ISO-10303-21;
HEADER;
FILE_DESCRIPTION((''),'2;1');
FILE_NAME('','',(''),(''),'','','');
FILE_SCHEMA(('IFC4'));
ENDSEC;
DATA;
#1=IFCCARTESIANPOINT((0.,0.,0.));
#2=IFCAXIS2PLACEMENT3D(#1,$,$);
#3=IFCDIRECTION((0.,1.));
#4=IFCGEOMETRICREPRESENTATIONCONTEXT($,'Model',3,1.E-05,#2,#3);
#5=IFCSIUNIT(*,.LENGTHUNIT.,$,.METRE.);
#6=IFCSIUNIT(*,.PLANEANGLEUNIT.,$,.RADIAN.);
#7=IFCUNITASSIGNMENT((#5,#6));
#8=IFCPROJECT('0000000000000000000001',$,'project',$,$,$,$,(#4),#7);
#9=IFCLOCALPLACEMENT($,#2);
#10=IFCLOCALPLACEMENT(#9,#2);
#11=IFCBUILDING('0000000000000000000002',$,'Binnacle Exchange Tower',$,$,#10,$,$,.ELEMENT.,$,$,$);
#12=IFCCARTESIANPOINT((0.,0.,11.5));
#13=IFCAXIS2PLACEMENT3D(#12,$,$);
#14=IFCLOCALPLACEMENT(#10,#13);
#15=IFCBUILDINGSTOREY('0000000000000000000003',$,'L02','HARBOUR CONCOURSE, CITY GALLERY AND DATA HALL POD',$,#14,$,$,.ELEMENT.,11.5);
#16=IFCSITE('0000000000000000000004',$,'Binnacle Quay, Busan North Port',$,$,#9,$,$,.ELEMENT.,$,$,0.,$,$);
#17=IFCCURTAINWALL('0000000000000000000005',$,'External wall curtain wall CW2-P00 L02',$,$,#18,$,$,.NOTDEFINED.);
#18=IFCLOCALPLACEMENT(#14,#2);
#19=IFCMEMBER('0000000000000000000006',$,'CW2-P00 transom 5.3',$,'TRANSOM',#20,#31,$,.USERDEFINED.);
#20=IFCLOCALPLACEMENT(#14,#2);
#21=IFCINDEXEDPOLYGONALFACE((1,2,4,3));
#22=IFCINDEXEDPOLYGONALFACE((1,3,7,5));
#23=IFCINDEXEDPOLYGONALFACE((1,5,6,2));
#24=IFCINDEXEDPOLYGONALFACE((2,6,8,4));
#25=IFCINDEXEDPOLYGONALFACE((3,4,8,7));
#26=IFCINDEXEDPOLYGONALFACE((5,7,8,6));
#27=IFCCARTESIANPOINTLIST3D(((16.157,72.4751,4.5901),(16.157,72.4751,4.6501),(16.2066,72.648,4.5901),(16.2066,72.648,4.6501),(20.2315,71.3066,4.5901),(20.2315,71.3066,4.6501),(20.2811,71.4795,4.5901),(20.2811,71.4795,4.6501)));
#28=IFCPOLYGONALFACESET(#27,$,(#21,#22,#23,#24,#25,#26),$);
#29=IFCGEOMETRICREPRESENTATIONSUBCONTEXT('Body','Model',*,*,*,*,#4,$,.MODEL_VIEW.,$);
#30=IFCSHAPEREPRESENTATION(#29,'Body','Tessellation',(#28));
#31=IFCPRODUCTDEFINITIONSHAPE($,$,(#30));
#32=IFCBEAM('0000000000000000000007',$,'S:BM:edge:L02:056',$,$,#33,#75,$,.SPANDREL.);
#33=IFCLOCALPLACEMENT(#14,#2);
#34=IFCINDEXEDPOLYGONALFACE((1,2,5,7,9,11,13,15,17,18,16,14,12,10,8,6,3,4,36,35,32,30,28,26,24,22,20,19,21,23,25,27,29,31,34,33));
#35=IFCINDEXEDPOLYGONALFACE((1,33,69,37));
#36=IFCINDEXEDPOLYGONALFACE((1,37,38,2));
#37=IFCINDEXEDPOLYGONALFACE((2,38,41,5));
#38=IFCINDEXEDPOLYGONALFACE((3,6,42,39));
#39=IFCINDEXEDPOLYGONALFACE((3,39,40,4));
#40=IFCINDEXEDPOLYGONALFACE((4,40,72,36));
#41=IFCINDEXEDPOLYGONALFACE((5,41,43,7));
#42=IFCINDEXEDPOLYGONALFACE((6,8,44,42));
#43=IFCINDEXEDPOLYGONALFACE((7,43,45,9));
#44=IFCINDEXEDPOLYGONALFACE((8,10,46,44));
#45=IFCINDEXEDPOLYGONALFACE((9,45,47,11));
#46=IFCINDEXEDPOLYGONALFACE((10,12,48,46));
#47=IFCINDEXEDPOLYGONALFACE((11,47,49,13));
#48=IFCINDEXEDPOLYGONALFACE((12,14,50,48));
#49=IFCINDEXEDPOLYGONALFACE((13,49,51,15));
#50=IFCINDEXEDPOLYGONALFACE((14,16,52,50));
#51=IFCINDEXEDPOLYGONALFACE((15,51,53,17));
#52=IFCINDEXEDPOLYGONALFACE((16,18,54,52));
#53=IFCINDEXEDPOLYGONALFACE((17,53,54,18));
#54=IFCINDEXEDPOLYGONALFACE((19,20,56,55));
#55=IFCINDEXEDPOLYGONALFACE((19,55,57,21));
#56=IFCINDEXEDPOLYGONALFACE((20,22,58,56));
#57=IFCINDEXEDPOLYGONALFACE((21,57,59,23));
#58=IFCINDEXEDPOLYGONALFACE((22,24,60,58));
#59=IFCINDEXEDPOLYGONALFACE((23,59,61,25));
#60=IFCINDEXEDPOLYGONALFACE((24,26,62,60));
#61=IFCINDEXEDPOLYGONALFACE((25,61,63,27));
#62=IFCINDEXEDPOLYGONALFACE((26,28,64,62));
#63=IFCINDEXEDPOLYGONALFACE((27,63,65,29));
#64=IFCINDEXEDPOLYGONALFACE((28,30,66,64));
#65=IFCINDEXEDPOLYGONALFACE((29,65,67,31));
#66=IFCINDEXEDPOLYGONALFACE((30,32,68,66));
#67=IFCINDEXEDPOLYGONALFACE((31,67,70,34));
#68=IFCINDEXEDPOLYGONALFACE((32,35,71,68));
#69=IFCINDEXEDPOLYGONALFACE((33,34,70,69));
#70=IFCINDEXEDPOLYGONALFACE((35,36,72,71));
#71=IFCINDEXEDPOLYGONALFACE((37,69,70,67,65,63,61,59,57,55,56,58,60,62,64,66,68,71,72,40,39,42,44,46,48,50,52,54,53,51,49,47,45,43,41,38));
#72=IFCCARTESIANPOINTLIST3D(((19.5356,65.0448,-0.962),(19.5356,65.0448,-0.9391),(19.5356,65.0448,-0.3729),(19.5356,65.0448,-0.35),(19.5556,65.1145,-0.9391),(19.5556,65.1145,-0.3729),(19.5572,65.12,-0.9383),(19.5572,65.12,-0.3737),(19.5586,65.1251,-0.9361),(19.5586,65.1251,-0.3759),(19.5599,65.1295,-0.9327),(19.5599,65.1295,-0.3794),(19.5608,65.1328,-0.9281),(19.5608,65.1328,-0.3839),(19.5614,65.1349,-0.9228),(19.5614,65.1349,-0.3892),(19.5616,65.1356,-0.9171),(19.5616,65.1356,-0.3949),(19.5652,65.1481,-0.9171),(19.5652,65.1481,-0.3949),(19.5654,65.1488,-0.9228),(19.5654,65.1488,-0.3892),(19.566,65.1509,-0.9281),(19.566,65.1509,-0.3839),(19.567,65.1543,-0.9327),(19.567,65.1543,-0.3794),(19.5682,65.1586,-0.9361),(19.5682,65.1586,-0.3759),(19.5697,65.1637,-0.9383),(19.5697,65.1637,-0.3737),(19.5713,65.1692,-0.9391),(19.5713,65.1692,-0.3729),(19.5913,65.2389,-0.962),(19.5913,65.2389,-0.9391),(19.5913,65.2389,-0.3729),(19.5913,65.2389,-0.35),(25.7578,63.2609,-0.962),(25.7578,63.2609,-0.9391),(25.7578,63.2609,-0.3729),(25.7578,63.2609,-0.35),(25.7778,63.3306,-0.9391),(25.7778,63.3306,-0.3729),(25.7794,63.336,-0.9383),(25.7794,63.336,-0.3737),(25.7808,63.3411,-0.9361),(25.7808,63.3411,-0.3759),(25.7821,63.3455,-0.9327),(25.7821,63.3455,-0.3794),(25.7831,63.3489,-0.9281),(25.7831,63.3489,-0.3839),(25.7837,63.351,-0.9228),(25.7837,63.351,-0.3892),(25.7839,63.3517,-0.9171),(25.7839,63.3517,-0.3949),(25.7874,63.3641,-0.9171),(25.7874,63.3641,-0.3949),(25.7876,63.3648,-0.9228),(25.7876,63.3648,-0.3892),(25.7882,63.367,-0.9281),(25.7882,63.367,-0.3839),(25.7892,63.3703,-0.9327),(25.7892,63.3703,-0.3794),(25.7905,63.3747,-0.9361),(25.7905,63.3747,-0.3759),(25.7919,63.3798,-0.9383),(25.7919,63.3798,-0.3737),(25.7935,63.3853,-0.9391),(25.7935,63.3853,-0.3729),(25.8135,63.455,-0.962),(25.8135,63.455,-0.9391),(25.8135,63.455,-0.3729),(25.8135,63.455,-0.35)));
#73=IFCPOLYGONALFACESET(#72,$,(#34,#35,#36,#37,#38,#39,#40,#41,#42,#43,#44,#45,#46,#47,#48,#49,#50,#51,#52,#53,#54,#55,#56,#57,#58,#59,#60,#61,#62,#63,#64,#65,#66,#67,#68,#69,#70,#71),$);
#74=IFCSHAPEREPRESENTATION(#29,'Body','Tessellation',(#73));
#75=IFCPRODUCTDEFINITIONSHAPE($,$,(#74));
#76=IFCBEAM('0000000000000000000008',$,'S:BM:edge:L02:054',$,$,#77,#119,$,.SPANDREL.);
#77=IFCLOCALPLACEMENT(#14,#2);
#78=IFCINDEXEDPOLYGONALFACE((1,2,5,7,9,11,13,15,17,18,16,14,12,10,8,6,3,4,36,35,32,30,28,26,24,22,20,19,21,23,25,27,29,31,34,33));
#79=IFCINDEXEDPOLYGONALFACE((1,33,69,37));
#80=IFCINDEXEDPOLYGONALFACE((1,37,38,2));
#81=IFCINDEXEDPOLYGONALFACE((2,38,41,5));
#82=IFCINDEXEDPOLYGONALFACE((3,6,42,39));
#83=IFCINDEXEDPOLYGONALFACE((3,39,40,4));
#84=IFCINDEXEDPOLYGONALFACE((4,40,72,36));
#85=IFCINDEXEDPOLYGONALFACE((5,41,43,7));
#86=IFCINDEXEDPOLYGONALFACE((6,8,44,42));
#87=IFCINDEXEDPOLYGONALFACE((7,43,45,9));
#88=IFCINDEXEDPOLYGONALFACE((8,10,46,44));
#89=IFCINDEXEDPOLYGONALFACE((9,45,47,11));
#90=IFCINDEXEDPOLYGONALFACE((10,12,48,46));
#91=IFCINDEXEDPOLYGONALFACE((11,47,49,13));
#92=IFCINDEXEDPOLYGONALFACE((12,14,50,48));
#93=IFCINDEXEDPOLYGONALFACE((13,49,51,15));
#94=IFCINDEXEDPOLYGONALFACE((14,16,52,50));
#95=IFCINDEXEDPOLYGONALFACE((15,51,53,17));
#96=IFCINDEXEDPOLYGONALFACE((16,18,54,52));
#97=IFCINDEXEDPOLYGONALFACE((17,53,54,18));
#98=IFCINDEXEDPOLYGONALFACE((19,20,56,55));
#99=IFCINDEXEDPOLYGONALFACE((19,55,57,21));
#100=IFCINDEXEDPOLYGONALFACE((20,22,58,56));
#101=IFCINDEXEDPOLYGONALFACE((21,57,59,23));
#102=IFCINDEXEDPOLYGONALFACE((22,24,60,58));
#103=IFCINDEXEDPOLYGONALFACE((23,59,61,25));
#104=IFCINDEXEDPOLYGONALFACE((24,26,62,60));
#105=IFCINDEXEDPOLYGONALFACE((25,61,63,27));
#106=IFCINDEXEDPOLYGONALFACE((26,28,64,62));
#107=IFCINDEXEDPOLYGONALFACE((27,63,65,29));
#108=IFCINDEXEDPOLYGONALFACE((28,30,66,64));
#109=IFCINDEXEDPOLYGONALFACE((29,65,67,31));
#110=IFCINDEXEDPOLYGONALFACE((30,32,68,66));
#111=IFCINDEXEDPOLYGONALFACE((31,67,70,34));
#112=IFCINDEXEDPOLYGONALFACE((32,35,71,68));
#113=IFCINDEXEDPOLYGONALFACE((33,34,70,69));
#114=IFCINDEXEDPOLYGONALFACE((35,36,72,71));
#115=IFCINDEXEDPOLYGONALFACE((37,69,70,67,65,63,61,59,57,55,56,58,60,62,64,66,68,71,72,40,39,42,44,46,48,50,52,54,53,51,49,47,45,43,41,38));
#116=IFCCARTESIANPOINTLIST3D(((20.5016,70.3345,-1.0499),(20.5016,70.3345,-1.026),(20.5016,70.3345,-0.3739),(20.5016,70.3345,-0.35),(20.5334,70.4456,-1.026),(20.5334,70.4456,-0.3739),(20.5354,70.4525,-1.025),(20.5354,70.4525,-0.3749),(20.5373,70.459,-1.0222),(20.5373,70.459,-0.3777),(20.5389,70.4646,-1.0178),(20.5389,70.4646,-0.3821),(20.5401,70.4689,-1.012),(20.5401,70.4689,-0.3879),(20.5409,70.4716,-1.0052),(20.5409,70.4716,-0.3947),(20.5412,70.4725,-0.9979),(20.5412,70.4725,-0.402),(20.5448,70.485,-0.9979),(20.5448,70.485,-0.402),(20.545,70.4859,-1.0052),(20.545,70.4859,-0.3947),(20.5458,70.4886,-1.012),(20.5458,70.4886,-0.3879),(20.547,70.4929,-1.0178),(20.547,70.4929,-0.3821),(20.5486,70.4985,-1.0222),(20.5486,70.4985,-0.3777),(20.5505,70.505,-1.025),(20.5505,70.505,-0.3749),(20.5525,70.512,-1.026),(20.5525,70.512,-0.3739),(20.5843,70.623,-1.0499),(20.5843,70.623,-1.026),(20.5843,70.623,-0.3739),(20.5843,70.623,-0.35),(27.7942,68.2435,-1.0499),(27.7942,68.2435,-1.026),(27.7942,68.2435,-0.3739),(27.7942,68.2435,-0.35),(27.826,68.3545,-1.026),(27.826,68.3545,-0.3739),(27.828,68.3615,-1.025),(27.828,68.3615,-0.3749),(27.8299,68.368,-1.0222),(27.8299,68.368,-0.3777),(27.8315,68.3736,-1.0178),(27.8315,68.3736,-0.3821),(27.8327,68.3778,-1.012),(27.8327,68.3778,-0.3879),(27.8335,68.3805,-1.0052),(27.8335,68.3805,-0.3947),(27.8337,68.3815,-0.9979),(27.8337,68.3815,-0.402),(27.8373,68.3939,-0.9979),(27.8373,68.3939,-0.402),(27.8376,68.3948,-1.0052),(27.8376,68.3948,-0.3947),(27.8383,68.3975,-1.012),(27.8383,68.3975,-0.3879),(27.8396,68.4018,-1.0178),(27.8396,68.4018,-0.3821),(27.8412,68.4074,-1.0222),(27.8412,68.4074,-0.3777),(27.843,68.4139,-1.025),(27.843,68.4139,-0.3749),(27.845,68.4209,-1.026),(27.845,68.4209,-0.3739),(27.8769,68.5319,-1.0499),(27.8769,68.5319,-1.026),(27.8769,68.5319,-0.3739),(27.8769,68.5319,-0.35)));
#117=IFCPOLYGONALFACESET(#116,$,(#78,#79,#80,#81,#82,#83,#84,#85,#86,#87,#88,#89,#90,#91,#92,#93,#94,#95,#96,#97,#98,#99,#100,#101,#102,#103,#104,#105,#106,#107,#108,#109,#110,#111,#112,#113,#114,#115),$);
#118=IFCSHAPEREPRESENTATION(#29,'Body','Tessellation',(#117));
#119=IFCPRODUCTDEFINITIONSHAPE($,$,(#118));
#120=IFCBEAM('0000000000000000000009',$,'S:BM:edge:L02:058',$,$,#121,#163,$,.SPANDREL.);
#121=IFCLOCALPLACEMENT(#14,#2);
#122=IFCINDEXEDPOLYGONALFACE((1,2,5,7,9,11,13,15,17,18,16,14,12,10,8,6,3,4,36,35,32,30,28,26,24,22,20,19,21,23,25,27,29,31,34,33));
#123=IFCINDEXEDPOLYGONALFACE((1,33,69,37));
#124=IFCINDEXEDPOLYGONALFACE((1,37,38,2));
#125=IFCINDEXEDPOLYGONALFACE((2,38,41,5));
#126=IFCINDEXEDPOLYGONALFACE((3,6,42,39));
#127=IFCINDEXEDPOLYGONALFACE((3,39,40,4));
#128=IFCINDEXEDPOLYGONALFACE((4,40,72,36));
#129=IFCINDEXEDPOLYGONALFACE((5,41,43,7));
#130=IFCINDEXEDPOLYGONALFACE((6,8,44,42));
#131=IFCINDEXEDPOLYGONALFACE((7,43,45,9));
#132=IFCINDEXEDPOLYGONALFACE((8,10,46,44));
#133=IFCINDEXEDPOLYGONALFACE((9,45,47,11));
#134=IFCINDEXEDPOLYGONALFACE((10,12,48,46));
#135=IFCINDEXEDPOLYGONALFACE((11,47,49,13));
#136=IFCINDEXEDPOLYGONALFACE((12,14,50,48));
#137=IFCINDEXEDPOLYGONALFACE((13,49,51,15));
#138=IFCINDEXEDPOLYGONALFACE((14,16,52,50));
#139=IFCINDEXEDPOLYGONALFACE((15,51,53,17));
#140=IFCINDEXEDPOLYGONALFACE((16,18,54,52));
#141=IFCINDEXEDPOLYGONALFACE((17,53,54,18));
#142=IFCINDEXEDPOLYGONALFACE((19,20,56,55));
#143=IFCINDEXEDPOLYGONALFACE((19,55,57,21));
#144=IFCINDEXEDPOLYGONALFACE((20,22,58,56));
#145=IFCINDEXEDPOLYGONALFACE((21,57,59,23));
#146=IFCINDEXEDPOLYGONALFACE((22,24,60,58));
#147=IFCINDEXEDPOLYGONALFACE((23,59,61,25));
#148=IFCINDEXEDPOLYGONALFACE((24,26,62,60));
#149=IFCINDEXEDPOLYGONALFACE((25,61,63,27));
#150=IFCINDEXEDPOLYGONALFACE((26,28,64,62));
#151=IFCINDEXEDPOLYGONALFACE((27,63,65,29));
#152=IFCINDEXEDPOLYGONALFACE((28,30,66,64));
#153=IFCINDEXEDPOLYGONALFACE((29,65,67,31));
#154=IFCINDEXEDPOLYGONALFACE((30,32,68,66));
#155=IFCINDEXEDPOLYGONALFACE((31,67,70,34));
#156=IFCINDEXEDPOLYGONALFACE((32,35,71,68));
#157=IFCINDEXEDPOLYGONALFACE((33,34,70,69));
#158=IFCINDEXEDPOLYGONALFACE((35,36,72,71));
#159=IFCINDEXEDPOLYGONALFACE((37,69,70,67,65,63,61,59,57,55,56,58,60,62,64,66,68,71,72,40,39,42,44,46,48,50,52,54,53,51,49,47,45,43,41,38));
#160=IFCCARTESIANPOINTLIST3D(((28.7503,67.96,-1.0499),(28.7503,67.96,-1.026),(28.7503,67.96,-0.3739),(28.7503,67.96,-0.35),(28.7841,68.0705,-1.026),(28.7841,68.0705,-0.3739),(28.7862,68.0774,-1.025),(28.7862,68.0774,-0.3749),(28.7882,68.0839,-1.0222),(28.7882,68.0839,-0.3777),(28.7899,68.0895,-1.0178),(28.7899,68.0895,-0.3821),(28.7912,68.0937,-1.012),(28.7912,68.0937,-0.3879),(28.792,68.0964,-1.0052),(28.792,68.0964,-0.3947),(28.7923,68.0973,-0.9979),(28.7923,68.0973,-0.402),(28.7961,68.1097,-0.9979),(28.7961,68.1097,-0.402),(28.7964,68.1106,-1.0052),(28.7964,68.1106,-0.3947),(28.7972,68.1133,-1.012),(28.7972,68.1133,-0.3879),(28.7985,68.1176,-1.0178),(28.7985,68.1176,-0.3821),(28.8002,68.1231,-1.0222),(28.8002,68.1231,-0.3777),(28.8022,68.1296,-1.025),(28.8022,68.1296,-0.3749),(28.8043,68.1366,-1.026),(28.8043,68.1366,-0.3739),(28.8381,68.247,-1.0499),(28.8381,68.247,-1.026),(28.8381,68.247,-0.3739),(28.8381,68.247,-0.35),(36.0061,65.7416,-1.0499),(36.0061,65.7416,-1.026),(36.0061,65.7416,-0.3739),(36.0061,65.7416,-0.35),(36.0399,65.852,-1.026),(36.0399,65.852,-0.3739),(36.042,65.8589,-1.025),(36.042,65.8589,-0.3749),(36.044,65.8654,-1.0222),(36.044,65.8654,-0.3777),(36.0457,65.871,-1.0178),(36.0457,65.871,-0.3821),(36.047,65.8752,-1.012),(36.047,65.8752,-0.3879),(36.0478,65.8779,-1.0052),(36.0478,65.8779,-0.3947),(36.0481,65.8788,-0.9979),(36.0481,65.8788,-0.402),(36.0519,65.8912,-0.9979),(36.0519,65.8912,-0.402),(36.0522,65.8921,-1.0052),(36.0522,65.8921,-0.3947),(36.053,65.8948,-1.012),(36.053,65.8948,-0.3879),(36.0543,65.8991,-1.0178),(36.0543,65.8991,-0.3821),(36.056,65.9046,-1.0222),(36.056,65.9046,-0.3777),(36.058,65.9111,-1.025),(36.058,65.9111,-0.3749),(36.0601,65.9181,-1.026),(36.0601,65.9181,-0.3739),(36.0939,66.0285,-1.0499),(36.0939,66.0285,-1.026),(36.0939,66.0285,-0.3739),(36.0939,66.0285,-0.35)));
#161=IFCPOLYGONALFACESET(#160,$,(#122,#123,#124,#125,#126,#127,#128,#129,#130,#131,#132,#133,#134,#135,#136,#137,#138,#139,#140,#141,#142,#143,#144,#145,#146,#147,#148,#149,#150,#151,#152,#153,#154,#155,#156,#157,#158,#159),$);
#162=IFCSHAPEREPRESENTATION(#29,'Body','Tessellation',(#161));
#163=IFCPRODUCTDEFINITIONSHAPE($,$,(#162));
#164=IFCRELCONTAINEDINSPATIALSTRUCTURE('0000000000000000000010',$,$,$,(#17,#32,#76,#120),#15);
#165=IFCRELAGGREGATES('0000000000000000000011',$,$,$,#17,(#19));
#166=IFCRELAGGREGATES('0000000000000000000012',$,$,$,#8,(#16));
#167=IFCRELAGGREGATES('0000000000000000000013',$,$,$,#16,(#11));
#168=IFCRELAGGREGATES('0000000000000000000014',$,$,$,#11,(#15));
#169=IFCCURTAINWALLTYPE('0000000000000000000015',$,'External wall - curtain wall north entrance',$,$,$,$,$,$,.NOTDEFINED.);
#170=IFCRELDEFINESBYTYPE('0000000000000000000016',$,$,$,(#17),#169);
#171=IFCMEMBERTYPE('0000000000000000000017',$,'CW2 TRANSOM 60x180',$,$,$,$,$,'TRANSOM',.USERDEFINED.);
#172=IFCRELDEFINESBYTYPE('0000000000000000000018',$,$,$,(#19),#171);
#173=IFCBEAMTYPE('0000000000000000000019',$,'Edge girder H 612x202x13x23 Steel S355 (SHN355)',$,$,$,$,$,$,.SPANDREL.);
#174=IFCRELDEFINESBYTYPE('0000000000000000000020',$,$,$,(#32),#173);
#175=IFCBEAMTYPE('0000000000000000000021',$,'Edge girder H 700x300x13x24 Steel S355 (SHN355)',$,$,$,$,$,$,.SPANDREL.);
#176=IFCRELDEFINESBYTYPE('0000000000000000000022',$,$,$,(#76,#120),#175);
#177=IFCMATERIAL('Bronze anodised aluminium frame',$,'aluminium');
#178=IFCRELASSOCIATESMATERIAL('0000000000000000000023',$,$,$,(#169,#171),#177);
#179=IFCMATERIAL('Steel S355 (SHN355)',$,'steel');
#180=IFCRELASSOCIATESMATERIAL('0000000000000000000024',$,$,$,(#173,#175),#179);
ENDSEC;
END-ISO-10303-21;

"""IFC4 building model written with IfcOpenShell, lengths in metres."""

from ifc_helpers import new_model, si_unit, direction, frame, origin, origin_2d, place, context, subcontext, project, spatial, rectangle, i_section, extrude, material, material_profile, profile_set, type_object, element, aggregate, save


model = new_model("IFC4")

# Units and contexts
model_context = context("Model", 3, precision=1e-05, world=origin(), true_north=direction((0.0, 1.0)))
body_context = subcontext(model_context, "Body", "Model", "MODEL_VIEW")
ifc_project = project(units=[si_unit("LENGTHUNIT", "METRE"), si_unit("PLANEANGLEUNIT", "RADIAN")], contexts=[model_context])

# Site, building, storey
site_placement = place(None, origin())
site = spatial("IfcSite", under=ifc_project, at=site_placement, Name="Binnacle Quay, Busan North Port", CompositionType="ELEMENT", RefElevation=0.0)
building_placement = place(site_placement, origin())
building = spatial("IfcBuilding", under=site, at=building_placement, Name="Binnacle Exchange Tower", CompositionType="ELEMENT")
storey_placement = place(building_placement, frame((0.0, 0.0, 11.5)))
storey = spatial("IfcBuildingStorey", under=building, at=storey_placement, Name="L02", Description="HARBOUR CONCOURSE, CITY GALLERY AND DATA HALL POD", CompositionType="ELEMENT", Elevation=11.5)

# Curtain wall, member
ifc_material_1 = material(Name="Bronze anodised aluminium frame", Category="aluminium")
curtain_wall_type = type_object("IfcCurtainWallType", Name="External wall - curtain wall north entrance", PredefinedType="NOTDEFINED", material=ifc_material_1)
curtain_wall_placement = place(storey_placement, origin())
curtain_wall = element("IfcCurtainWall", 1, at=curtain_wall_placement, inside=storey, type_object=curtain_wall_type, Name="External wall curtain wall CW2-P00 L02", PredefinedType="NOTDEFINED")
ifc_material_profile_1 = material_profile(ifc_material_1, rectangle(XDim=0.1799, YDim=0.0601, at=origin_2d()), Name="AL 180x60")
ifc_profile_set_1 = profile_set([ifc_material_profile_1], Name="Bronze anodised aluminium frame")
member_type_1 = type_object("IfcMemberType", Name="CW2 TRANSOM 60x180", ElementType="TRANSOM", PredefinedType="USERDEFINED", material=ifc_profile_set_1)
member_1_placement = place(storey_placement, frame((20.2563, 71.3931, 4.6201), z_axis=(-0.961254, 0.275664, 0.0), x_axis=(-0.275664, -0.961254, 0.0)))
member_1 = element("IfcMember", 2, at=member_1_placement, type_object=member_type_1, Name="CW2-P00 transom 5.3", ObjectType="TRANSOM", PredefinedType="USERDEFINED", context=body_context, shape_type="SweptSolid", body=[
    extrude(rectangle(XDim=0.1799, YDim=0.0601, at=origin_2d()), origin(), (0.0, 0.0, 1.0), 4.2388),
])

# Beams
ifc_material_2 = material(Name="Steel S355 (SHN355)", Category="steel")
ifc_material_profile_2 = material_profile(ifc_material_2, i_section(OverallWidth=0.2019, OverallDepth=0.6121, WebThickness=0.0129, FlangeThickness=0.0229, FilletRadius=0.022, at=origin_2d()), Name="H 612x202x13x23")
ifc_profile_set_2 = profile_set([ifc_material_profile_2], Name="Steel S355 (SHN355)")
beam_type_1 = type_object("IfcBeamType", Name="Edge girder H 612x202x13x23 Steel S355 (SHN355)", PredefinedType="SPANDREL", material=ifc_profile_set_2)
beam_1_placement = place(storey_placement, frame((25.7856, 63.3579, -0.656), z_axis=(-0.961272, 0.275603, 0.0), x_axis=(-0.275603, -0.961272, 0.0)))
element("IfcBeam", 3, at=beam_1_placement, inside=storey, type_object=beam_type_1, Name="S:BM:edge:L02:056", PredefinedType="SPANDREL", context=body_context, shape_type="SweptSolid", body=[
    extrude(i_section(OverallWidth=0.2019, OverallDepth=0.6121, WebThickness=0.0129, FlangeThickness=0.0229, FilletRadius=0.022, at=origin_2d()), origin(), (0.0, 0.0, 1.0), 6.4729),
])
ifc_material_profile_3 = material_profile(ifc_material_2, i_section(OverallWidth=0.3, OverallDepth=0.7, WebThickness=0.0129, FlangeThickness=0.0239, FilletRadius=0.0281, at=origin_2d()), Name="H 700x300x13x24")
ifc_profile_set_3 = profile_set([ifc_material_profile_3], Name="Steel S355 (SHN355)")
beam_type_2 = type_object("IfcBeamType", Name="Edge girder H 700x300x13x24 Steel S355 (SHN355)", PredefinedType="SPANDREL", material=ifc_profile_set_3)
beam_2_placement = place(storey_placement, frame((20.543, 70.4788, -0.7), z_axis=(0.961262, -0.275635, 0.0), x_axis=(0.275635, 0.961262, 0.0)))
element("IfcBeam", 4, at=beam_2_placement, inside=storey, type_object=beam_type_2, Name="S:BM:edge:L02:054", PredefinedType="SPANDREL", context=body_context, shape_type="SweptSolid", body=[
    extrude(i_section(OverallWidth=0.3, OverallDepth=0.7, WebThickness=0.0129, FlangeThickness=0.0239, FilletRadius=0.0281, at=origin_2d()), origin(), (0.0, 0.0, 1.0), 7.5864),
])
beam_3_placement = place(storey_placement, frame((28.7942, 68.1035, -0.7), z_axis=(0.956299, -0.292392, 0.0), x_axis=(0.292392, 0.956299, 0.0)))
element("IfcBeam", 5, at=beam_3_placement, inside=storey, type_object=beam_type_2, Name="S:BM:edge:L02:058", PredefinedType="SPANDREL", context=body_context, shape_type="SweptSolid", body=[
    extrude(i_section(OverallWidth=0.3, OverallDepth=0.7, WebThickness=0.0129, FlangeThickness=0.0239, FilletRadius=0.0281, at=origin_2d()), origin(), (0.0, 0.0, 1.0), 7.5874),
])

aggregate(curtain_wall, [member_1])

save(model, "model.ifc")
